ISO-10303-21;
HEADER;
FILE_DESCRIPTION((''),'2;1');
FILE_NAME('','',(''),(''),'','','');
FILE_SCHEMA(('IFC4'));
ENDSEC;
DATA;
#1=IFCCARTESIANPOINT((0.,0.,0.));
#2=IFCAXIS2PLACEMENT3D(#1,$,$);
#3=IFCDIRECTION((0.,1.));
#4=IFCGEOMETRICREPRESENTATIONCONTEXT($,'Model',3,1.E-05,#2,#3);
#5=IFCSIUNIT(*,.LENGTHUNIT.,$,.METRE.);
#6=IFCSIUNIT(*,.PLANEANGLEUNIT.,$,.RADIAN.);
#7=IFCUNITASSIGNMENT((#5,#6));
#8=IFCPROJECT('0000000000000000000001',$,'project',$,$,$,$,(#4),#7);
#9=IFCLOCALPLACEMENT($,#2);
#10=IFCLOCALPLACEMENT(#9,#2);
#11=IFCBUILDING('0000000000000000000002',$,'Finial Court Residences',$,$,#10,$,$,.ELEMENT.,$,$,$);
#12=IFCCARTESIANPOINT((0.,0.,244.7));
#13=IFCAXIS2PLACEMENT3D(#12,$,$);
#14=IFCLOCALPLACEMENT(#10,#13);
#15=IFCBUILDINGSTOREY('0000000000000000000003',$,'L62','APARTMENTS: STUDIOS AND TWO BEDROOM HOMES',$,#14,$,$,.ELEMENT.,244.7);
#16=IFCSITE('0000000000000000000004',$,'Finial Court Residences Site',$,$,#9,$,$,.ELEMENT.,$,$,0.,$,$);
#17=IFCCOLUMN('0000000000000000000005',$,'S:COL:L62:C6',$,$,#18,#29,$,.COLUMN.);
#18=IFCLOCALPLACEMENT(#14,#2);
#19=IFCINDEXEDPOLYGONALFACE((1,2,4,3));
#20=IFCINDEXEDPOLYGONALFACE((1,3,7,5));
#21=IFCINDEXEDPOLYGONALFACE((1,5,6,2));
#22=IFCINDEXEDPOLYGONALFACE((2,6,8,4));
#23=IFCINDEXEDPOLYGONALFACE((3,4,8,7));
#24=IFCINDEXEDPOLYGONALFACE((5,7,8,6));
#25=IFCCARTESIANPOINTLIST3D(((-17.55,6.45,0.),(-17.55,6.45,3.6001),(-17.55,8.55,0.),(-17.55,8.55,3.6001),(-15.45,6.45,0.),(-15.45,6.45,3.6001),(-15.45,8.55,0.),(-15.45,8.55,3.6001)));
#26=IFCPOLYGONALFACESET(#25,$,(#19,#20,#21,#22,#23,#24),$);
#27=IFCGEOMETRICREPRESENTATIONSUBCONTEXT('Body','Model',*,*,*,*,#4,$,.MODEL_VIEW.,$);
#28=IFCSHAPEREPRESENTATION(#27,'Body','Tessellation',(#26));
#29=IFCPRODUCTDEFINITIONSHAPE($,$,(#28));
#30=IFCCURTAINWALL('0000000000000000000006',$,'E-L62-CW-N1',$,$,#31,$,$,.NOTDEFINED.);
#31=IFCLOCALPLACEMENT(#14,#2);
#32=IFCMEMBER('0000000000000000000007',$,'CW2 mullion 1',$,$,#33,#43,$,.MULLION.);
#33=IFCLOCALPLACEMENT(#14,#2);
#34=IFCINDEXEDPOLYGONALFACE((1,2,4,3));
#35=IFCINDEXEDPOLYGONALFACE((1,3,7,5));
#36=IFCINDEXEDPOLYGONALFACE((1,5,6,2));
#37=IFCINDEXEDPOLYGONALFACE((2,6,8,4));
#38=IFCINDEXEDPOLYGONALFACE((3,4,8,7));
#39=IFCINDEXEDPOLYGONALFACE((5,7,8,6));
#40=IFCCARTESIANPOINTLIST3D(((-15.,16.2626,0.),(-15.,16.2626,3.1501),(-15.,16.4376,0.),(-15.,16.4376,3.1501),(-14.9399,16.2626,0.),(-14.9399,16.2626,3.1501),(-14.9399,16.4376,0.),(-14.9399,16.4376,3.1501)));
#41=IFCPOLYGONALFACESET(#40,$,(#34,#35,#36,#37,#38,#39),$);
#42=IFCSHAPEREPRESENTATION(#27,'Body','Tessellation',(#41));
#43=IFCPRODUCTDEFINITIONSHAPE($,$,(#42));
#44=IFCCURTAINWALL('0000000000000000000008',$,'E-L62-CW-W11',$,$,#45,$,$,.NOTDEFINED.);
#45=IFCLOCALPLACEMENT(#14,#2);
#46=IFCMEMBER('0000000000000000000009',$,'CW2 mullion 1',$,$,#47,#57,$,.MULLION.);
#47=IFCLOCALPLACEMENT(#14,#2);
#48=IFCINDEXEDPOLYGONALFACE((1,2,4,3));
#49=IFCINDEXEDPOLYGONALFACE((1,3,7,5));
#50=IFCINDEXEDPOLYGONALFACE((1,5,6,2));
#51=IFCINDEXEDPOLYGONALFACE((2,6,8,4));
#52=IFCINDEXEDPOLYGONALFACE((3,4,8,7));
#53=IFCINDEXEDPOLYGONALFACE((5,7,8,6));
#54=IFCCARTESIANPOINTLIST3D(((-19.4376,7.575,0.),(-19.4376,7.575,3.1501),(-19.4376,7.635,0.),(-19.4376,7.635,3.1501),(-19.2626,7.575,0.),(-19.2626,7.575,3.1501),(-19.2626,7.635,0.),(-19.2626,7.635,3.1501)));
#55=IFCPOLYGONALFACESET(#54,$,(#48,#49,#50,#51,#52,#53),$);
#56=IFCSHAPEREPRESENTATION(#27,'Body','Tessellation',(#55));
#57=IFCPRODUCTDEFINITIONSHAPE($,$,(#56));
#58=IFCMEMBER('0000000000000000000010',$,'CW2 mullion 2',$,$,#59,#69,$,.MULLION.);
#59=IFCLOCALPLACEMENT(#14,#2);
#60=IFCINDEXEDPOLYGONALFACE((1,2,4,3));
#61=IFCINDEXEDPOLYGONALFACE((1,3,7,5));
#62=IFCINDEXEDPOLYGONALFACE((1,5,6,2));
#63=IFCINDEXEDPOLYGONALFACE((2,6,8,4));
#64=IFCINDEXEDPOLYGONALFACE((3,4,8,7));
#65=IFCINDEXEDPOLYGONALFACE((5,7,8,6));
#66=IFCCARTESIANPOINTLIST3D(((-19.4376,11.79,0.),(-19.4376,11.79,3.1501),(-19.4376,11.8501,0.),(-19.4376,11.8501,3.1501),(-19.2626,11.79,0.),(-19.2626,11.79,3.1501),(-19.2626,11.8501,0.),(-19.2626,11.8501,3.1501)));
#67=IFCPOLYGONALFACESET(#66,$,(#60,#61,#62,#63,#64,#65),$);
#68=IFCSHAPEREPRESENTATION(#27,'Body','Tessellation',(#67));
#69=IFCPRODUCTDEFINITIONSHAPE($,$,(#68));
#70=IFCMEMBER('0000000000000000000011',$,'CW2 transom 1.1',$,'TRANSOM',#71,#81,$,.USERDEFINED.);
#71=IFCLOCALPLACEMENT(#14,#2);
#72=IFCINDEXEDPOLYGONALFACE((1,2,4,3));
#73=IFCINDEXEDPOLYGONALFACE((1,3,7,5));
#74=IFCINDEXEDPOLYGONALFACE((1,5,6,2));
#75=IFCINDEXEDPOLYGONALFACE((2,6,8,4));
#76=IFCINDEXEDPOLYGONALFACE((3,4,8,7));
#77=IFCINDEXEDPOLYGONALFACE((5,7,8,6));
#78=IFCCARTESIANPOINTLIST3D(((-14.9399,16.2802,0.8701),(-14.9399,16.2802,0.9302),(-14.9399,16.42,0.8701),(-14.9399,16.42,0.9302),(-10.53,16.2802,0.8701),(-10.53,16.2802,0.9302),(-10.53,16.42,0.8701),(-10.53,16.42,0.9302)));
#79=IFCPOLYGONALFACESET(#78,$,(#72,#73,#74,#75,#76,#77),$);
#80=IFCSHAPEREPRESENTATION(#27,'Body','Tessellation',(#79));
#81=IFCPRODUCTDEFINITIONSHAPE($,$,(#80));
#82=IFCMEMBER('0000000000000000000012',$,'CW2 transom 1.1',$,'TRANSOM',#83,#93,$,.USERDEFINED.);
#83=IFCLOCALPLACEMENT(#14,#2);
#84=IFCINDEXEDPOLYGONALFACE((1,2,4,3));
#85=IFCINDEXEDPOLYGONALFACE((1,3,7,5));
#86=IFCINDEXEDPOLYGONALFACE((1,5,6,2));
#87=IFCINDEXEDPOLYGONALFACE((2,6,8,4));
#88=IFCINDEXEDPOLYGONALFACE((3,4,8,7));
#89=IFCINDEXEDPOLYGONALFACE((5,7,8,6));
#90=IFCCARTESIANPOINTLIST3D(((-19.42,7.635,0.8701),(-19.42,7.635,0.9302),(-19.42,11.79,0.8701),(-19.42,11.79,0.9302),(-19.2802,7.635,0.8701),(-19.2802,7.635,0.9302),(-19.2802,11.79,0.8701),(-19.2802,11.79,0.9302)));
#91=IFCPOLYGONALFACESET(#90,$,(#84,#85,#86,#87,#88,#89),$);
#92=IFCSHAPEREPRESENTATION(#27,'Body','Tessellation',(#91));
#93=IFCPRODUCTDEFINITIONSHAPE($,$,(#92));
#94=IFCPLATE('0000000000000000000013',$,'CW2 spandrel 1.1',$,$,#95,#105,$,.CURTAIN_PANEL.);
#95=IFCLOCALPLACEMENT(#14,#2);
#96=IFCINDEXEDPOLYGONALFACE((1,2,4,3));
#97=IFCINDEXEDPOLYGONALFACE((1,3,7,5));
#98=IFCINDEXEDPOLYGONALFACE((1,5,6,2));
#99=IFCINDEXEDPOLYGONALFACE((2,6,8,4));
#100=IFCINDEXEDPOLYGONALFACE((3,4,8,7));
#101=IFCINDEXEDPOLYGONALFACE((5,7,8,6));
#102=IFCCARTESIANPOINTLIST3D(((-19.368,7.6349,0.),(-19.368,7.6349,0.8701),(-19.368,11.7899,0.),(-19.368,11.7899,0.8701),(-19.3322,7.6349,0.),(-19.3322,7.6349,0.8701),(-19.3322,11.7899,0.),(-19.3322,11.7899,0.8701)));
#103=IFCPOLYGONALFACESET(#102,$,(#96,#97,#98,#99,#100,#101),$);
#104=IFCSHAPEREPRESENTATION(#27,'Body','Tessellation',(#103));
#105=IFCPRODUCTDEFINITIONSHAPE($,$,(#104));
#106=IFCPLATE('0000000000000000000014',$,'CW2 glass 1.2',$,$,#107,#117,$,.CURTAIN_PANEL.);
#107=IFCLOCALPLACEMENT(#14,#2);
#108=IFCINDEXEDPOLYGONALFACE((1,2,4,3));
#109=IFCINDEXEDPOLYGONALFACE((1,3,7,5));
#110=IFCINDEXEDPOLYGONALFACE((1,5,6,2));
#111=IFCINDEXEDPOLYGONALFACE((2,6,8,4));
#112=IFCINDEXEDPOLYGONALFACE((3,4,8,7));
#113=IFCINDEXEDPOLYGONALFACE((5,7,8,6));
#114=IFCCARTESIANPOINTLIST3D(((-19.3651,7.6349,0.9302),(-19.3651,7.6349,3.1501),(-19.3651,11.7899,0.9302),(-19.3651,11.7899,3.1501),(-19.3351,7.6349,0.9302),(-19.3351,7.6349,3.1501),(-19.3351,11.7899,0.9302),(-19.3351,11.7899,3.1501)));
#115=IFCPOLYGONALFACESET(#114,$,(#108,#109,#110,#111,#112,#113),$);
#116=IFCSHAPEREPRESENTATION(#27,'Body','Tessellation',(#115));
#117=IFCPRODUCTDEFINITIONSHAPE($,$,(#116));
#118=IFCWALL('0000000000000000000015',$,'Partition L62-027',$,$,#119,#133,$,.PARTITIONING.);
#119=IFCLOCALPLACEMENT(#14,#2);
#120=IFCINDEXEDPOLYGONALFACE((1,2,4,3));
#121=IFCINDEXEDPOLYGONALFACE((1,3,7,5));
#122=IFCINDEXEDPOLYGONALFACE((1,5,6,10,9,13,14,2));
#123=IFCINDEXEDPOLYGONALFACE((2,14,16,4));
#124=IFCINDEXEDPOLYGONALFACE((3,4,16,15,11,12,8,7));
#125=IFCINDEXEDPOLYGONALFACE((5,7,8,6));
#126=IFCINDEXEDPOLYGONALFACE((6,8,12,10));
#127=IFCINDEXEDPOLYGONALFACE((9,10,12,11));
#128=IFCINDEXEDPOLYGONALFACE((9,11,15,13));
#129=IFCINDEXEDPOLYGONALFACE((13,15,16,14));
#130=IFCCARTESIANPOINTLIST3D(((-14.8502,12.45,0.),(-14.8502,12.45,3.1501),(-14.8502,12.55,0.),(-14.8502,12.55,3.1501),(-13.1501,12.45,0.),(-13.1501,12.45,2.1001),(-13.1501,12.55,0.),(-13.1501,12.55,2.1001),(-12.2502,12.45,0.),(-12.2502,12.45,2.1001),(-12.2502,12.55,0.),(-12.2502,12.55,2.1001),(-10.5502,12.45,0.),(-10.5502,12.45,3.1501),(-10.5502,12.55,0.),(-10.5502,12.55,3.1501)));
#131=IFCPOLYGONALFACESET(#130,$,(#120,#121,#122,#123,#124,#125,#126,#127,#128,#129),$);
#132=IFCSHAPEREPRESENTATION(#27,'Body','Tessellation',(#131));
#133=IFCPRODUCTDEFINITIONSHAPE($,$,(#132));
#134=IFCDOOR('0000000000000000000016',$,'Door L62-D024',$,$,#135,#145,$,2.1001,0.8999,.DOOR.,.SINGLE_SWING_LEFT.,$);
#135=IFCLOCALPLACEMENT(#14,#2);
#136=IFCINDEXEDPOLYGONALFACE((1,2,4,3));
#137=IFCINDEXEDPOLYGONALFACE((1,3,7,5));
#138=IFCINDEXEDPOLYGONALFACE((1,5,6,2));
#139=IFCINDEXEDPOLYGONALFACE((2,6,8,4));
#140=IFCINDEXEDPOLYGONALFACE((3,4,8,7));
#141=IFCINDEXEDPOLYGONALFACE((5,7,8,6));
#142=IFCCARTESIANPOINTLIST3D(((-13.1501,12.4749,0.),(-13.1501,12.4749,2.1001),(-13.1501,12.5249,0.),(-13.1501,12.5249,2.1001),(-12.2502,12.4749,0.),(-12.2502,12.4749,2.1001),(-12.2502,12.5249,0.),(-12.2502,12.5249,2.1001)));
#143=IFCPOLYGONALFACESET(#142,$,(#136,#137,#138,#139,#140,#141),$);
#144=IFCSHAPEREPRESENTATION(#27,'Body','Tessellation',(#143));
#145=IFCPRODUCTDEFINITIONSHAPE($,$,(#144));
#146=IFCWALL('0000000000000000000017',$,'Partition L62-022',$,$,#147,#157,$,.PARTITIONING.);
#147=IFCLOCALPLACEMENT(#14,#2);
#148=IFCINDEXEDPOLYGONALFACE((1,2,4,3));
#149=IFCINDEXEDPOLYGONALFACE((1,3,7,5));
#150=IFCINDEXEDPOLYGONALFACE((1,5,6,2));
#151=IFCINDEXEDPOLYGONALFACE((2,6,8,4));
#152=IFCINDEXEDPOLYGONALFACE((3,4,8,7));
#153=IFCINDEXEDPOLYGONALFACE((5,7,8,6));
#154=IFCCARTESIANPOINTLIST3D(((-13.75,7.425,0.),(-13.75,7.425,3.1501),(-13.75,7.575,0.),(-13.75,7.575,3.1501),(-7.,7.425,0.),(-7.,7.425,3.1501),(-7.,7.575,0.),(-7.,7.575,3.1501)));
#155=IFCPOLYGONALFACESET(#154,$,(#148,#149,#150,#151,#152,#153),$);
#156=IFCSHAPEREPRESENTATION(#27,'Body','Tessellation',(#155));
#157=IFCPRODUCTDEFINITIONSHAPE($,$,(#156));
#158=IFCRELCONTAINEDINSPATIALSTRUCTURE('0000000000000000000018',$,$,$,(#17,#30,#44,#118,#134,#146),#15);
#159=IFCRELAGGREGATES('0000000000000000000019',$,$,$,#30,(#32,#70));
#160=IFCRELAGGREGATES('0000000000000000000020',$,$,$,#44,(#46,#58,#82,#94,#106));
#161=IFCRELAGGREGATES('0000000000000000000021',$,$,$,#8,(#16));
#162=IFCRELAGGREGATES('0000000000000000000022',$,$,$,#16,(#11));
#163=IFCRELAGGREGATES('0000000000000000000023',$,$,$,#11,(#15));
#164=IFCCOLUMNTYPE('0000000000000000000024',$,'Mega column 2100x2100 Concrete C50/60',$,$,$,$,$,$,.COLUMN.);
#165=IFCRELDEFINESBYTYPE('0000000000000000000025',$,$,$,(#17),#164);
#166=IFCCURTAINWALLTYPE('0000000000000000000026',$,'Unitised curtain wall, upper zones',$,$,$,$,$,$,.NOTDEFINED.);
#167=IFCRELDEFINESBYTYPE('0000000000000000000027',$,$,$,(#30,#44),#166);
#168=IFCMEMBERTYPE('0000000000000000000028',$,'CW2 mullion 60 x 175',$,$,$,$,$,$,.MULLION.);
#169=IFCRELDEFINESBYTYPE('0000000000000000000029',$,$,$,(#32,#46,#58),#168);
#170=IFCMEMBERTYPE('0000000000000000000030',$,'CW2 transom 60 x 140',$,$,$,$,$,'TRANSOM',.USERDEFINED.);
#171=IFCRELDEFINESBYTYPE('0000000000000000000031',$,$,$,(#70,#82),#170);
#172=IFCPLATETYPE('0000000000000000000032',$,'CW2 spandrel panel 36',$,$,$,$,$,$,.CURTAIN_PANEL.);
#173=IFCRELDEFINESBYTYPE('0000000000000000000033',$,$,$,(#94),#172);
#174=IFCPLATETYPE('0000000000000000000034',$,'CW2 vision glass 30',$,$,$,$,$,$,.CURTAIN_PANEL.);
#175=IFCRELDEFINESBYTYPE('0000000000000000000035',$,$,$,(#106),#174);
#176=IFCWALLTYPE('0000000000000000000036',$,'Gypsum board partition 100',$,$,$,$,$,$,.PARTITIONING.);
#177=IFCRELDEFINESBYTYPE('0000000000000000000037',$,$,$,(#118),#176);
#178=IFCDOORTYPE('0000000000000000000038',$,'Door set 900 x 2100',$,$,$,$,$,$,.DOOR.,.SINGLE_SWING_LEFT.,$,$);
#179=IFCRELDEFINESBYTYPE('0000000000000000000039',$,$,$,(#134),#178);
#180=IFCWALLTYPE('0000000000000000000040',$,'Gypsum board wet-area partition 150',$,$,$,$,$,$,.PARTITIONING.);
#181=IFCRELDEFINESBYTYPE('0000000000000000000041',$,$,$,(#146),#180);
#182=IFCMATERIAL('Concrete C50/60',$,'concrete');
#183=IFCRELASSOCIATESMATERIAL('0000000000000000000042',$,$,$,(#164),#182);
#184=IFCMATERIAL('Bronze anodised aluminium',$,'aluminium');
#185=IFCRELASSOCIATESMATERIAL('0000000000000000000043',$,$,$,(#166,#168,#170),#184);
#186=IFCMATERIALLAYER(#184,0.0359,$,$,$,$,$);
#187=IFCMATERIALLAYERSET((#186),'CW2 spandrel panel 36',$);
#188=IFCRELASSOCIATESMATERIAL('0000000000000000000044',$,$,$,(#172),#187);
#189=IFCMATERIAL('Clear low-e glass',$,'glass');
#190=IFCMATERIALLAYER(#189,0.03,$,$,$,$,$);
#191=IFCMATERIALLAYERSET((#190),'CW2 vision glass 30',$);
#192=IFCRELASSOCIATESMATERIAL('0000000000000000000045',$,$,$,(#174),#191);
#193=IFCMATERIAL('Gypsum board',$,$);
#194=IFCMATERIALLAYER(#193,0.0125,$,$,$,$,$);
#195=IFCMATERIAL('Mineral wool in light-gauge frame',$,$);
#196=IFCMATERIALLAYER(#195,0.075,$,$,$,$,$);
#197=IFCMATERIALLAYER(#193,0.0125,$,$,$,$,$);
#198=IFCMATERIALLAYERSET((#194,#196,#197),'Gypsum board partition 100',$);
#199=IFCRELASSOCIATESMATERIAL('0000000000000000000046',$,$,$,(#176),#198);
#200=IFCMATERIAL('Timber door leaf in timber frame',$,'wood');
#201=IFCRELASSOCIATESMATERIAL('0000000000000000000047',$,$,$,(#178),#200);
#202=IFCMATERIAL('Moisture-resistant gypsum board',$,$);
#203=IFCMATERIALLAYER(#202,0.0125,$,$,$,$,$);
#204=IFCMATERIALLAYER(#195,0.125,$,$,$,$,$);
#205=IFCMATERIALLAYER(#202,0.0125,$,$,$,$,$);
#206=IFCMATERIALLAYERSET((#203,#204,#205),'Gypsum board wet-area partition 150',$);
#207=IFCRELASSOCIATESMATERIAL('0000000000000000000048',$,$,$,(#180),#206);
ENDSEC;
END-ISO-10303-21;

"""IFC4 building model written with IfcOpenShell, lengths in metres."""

from ifc_helpers import new_model, si_unit, direction, frame, frame_2d, origin, origin_2d, place, context, subcontext, project, spatial, rectangle, extrude, material, layer, layer_set, material_profile, profile_set, type_object, element, fill, aggregate, save


model = new_model("IFC4")

# Units and contexts
model_context = context("Model", 3, precision=1e-05, world=origin(), true_north=direction((0.0, 1.0)))
body_context = subcontext(model_context, "Body", "Model", "MODEL_VIEW")
ifc_project = project(units=[si_unit("LENGTHUNIT", "METRE"), si_unit("PLANEANGLEUNIT", "RADIAN")], contexts=[model_context])

# Site, building, storey
site_placement = place(None, origin())
site = spatial("IfcSite", under=ifc_project, at=site_placement, Name="Finial Court Residences Site", CompositionType="ELEMENT", RefElevation=0.0)
building_placement = place(site_placement, origin())
building = spatial("IfcBuilding", under=site, at=building_placement, Name="Finial Court Residences", CompositionType="ELEMENT")
storey_placement = place(building_placement, frame((0.0, 0.0, 244.7)))
storey = spatial("IfcBuildingStorey", under=building, at=storey_placement, Name="L62", Description="APARTMENTS: STUDIOS AND TWO BEDROOM HOMES", CompositionType="ELEMENT", Elevation=244.7)

# Column
ifc_material_1 = material(Name="Concrete C50/60", Category="concrete")
ifc_material_profile_1 = material_profile(ifc_material_1, rectangle(XDim=2.1001, YDim=2.1001, at=origin_2d()), Name="2100x2100")
ifc_profile_set_1 = profile_set([ifc_material_profile_1], Name="Concrete C50/60")
column_type = type_object("IfcColumnType", Name="Mega column 2100x2100 Concrete C50/60", PredefinedType="COLUMN", material=ifc_profile_set_1)
column_placement = place(storey_placement, frame((-16.5, 7.5, 0.0), z_axis=(0.0, 0.0, 1.0), x_axis=(1.0, 0.0, 0.0)))
element("IfcColumn", 1, at=column_placement, inside=storey, type_object=column_type, Name="S:COL:L62:C6", PredefinedType="COLUMN", context=body_context, shape_type="SweptSolid", body=[
    extrude(rectangle(XDim=2.1001, YDim=2.1001, at=origin_2d()), origin(), (0.0, 0.0, 1.0), 3.6001),
])

# Curtain wall, member
ifc_material_2 = material(Name="Bronze anodised aluminium", Category="aluminium")
curtain_wall_type = type_object("IfcCurtainWallType", Name="Unitised curtain wall, upper zones", PredefinedType="NOTDEFINED", material=ifc_material_2)
curtain_wall_1_placement = place(storey_placement, origin())
curtain_wall_1 = element("IfcCurtainWall", 2, at=curtain_wall_1_placement, inside=storey, type_object=curtain_wall_type, Name="E-L62-CW-N1", PredefinedType="NOTDEFINED")
ifc_material_profile_2 = material_profile(ifc_material_2, rectangle(XDim=0.175, YDim=0.0601, at=origin_2d()), Name="CW2 mullion 60 x 175")
ifc_profile_set_2 = profile_set([ifc_material_profile_2], Name="Bronze anodised aluminium")
member_type_1 = type_object("IfcMemberType", Name="CW2 mullion 60 x 175", PredefinedType="MULLION", material=ifc_profile_set_2)
member_1_placement = place(storey_placement, frame((-14.97, 16.3501, 0.0), z_axis=(0.0, 0.0, 1.0), x_axis=(0.0, 1.0, 0.0)))
member_1 = element("IfcMember", 3, at=member_1_placement, type_object=member_type_1, Name="CW2 mullion 1", PredefinedType="MULLION", context=body_context, shape_type="SweptSolid", body=[
    extrude(rectangle(XDim=0.175, YDim=0.0601, at=origin_2d()), origin(), (0.0, 0.0, 1.0), 3.1501),
])

# Curtain wall, members
curtain_wall_2_placement = place(storey_placement, origin())
curtain_wall_2 = element("IfcCurtainWall", 4, at=curtain_wall_2_placement, inside=storey, type_object=curtain_wall_type, Name="E-L62-CW-W11", PredefinedType="NOTDEFINED")
member_2_placement = place(storey_placement, frame((-19.3501, 7.605, 0.0), z_axis=(0.0, 0.0, 1.0), x_axis=(-1.0, 0.0, 0.0)))
member_2 = element("IfcMember", 5, at=member_2_placement, type_object=member_type_1, Name="CW2 mullion 1", PredefinedType="MULLION", context=body_context, shape_type="SweptSolid", body=[
    extrude(rectangle(XDim=0.175, YDim=0.0601, at=origin_2d()), origin(), (0.0, 0.0, 1.0), 3.1501),
])
member_3_placement = place(storey_placement, frame((-19.3501, 11.8201, 0.0), z_axis=(0.0, 0.0, 1.0), x_axis=(-1.0, 0.0, 0.0)))
member_3 = element("IfcMember", 6, at=member_3_placement, type_object=member_type_1, Name="CW2 mullion 2", PredefinedType="MULLION", context=body_context, shape_type="SweptSolid", body=[
    extrude(rectangle(XDim=0.175, YDim=0.0601, at=origin_2d()), origin(), (0.0, 0.0, 1.0), 3.1501),
])

# Members
ifc_material_profile_3 = material_profile(ifc_material_2, rectangle(XDim=0.1399, YDim=0.0601, at=origin_2d()), Name="CW2 transom 60 x 140")
ifc_profile_set_3 = profile_set([ifc_material_profile_3], Name="Bronze anodised aluminium")
member_type_2 = type_object("IfcMemberType", Name="CW2 transom 60 x 140", ElementType="TRANSOM", PredefinedType="USERDEFINED", material=ifc_profile_set_3)
member_4_placement = place(storey_placement, frame((-14.9399, 16.3501, 0.9001), z_axis=(1.0, 0.0, 0.0), x_axis=(0.0, 1.0, 0.0)))
member_4 = element("IfcMember", 7, at=member_4_placement, type_object=member_type_2, Name="CW2 transom 1.1", ObjectType="TRANSOM", PredefinedType="USERDEFINED", context=body_context, shape_type="SweptSolid", body=[
    extrude(rectangle(XDim=0.1399, YDim=0.0601, at=origin_2d()), origin(), (0.0, 0.0, 1.0), 4.4099),
])
aggregate(curtain_wall_1, [member_1, member_4])
member_5_placement = place(storey_placement, frame((-19.3501, 7.635, 0.9001), z_axis=(0.0, 1.0, 0.0), x_axis=(-1.0, 0.0, 0.0)))
member_5 = element("IfcMember", 8, at=member_5_placement, type_object=member_type_2, Name="CW2 transom 1.1", ObjectType="TRANSOM", PredefinedType="USERDEFINED", context=body_context, shape_type="SweptSolid", body=[
    extrude(rectangle(XDim=0.1399, YDim=0.0601, at=origin_2d()), origin(), (0.0, 0.0, 1.0), 4.155),
])

# Plates
ifc_layer_1 = layer(ifc_material_2, 0.0359)
ifc_layer_set_1 = layer_set([ifc_layer_1], Name="CW2 spandrel panel 36")
plate_type_1 = type_object("IfcPlateType", Name="CW2 spandrel panel 36", PredefinedType="CURTAIN_PANEL", material=ifc_layer_set_1)
plate_1_placement = place(storey_placement, frame((-19.3501, 9.7124, 0.0), z_axis=(0.0, 0.0, 1.0), x_axis=(0.0, 1.0, 0.0)))
plate_1 = element("IfcPlate", 9, at=plate_1_placement, type_object=plate_type_1, Name="CW2 spandrel 1.1", PredefinedType="CURTAIN_PANEL", context=body_context, shape_type="SweptSolid", body=[
    extrude(rectangle(XDim=4.155, YDim=0.0359, at=origin_2d()), origin(), (0.0, 0.0, 1.0), 0.8701),
])
ifc_material_3 = material(Name="Clear low-e glass", Category="glass")
ifc_layer_2 = layer(ifc_material_3, 0.03)
ifc_layer_set_2 = layer_set([ifc_layer_2], Name="CW2 vision glass 30")
plate_type_2 = type_object("IfcPlateType", Name="CW2 vision glass 30", PredefinedType="CURTAIN_PANEL", material=ifc_layer_set_2)
plate_2_placement = place(storey_placement, frame((-19.3501, 9.7124, 0.9302), z_axis=(0.0, 0.0, 1.0), x_axis=(0.0, 1.0, 0.0)))
plate_2 = element("IfcPlate", 10, at=plate_2_placement, type_object=plate_type_2, Name="CW2 glass 1.2", PredefinedType="CURTAIN_PANEL", context=body_context, shape_type="SweptSolid", body=[
    extrude(rectangle(XDim=4.155, YDim=0.03, at=origin_2d()), origin(), (0.0, 0.0, 1.0), 2.22),
])
aggregate(curtain_wall_2, [member_2, member_3, member_5, plate_1, plate_2])

# Wall, opening, door
ifc_material_4 = material(Name="Gypsum board")
ifc_layer_3 = layer(ifc_material_4, 0.0125)
ifc_material_5 = material(Name="Mineral wool in light-gauge frame")
ifc_layer_4 = layer(ifc_material_5, 0.075)
ifc_layer_5 = layer(ifc_material_4, 0.0125)
ifc_layer_set_3 = layer_set([ifc_layer_3, ifc_layer_4, ifc_layer_5], Name="Gypsum board partition 100")
wall_type_1 = type_object("IfcWallType", Name="Gypsum board partition 100", PredefinedType="PARTITIONING", material=ifc_layer_set_3)
wall_1_placement = place(storey_placement, frame((-14.8501, 12.5, 0.0), z_axis=(0.0, 0.0, 1.0), x_axis=(1.0, 0.0, 0.0)))
wall_1 = element("IfcWall", 11, at=wall_1_placement, inside=storey, type_object=wall_type_1, Name="Partition L62-027", PredefinedType="PARTITIONING", context=body_context, shape_type="SweptSolid", body=[
    extrude(rectangle(XDim=4.3, YDim=0.1001, at=frame_2d((2.1499, 0.0))), origin(), (0.0, 0.0, 1.0), 3.1501),
])
opening_1_placement = place(wall_1_placement, frame((1.7, 0.0, 0.0)))
opening_1 = element("IfcOpeningElement", 12, at=opening_1_placement, cuts=wall_1, PredefinedType="OPENING", context=body_context, shape_type="SweptSolid", body=[
    extrude(rectangle(XDim=0.8999, YDim=2.1001, at=frame_2d((0.45, 1.05))), frame((0.0, 0.0601, 0.0), z_axis=(0.0, -1.0, 0.0), x_axis=(1.0, 0.0, 0.0)), (0.0, 0.0, 1.0), 0.1201),
])
ifc_material_6 = material(Name="Timber door leaf in timber frame", Category="wood")
door_type = type_object("IfcDoorType", Name="Door set 900 x 2100", OperationType="SINGLE_SWING_LEFT", PredefinedType="DOOR", material=ifc_material_6)
door_placement = place(opening_1_placement, origin())
door = element("IfcDoor", 13, at=door_placement, inside=storey, type_object=door_type, Name="Door L62-D024", OperationType="SINGLE_SWING_LEFT", OverallHeight=2.1001, OverallWidth=0.8999, PredefinedType="DOOR", context=body_context, shape_type="SweptSolid", body=[
    extrude(rectangle(XDim=0.8999, YDim=2.1001, at=frame_2d((0.45, 1.05))), frame((0.0, 0.0249, 0.0), z_axis=(0.0, -1.0, 0.0), x_axis=(1.0, 0.0, 0.0)), (0.0, 0.0, 1.0), 0.05),
])
fill(opening_1, door)

# Wall
ifc_material_7 = material(Name="Moisture-resistant gypsum board")
ifc_layer_6 = layer(ifc_material_7, 0.0125)
ifc_layer_7 = layer(ifc_material_5, 0.125)
ifc_layer_8 = layer(ifc_material_7, 0.0125)
ifc_layer_set_4 = layer_set([ifc_layer_6, ifc_layer_7, ifc_layer_8], Name="Gypsum board wet-area partition 150")
wall_type_2 = type_object("IfcWallType", Name="Gypsum board wet-area partition 150", PredefinedType="PARTITIONING", material=ifc_layer_set_4)
wall_2_placement = place(storey_placement, frame((-13.75, 7.5, 0.0), z_axis=(0.0, 0.0, 1.0), x_axis=(1.0, 0.0, 0.0)))
element("IfcWall", 14, at=wall_2_placement, inside=storey, type_object=wall_type_2, Name="Partition L62-022", PredefinedType="PARTITIONING", context=body_context, shape_type="SweptSolid", body=[
    extrude(rectangle(XDim=6.75, YDim=0.1499, at=frame_2d((3.375, 0.0))), origin(), (0.0, 0.0, 1.0), 3.1501),
])

save(model, "model.ifc")
